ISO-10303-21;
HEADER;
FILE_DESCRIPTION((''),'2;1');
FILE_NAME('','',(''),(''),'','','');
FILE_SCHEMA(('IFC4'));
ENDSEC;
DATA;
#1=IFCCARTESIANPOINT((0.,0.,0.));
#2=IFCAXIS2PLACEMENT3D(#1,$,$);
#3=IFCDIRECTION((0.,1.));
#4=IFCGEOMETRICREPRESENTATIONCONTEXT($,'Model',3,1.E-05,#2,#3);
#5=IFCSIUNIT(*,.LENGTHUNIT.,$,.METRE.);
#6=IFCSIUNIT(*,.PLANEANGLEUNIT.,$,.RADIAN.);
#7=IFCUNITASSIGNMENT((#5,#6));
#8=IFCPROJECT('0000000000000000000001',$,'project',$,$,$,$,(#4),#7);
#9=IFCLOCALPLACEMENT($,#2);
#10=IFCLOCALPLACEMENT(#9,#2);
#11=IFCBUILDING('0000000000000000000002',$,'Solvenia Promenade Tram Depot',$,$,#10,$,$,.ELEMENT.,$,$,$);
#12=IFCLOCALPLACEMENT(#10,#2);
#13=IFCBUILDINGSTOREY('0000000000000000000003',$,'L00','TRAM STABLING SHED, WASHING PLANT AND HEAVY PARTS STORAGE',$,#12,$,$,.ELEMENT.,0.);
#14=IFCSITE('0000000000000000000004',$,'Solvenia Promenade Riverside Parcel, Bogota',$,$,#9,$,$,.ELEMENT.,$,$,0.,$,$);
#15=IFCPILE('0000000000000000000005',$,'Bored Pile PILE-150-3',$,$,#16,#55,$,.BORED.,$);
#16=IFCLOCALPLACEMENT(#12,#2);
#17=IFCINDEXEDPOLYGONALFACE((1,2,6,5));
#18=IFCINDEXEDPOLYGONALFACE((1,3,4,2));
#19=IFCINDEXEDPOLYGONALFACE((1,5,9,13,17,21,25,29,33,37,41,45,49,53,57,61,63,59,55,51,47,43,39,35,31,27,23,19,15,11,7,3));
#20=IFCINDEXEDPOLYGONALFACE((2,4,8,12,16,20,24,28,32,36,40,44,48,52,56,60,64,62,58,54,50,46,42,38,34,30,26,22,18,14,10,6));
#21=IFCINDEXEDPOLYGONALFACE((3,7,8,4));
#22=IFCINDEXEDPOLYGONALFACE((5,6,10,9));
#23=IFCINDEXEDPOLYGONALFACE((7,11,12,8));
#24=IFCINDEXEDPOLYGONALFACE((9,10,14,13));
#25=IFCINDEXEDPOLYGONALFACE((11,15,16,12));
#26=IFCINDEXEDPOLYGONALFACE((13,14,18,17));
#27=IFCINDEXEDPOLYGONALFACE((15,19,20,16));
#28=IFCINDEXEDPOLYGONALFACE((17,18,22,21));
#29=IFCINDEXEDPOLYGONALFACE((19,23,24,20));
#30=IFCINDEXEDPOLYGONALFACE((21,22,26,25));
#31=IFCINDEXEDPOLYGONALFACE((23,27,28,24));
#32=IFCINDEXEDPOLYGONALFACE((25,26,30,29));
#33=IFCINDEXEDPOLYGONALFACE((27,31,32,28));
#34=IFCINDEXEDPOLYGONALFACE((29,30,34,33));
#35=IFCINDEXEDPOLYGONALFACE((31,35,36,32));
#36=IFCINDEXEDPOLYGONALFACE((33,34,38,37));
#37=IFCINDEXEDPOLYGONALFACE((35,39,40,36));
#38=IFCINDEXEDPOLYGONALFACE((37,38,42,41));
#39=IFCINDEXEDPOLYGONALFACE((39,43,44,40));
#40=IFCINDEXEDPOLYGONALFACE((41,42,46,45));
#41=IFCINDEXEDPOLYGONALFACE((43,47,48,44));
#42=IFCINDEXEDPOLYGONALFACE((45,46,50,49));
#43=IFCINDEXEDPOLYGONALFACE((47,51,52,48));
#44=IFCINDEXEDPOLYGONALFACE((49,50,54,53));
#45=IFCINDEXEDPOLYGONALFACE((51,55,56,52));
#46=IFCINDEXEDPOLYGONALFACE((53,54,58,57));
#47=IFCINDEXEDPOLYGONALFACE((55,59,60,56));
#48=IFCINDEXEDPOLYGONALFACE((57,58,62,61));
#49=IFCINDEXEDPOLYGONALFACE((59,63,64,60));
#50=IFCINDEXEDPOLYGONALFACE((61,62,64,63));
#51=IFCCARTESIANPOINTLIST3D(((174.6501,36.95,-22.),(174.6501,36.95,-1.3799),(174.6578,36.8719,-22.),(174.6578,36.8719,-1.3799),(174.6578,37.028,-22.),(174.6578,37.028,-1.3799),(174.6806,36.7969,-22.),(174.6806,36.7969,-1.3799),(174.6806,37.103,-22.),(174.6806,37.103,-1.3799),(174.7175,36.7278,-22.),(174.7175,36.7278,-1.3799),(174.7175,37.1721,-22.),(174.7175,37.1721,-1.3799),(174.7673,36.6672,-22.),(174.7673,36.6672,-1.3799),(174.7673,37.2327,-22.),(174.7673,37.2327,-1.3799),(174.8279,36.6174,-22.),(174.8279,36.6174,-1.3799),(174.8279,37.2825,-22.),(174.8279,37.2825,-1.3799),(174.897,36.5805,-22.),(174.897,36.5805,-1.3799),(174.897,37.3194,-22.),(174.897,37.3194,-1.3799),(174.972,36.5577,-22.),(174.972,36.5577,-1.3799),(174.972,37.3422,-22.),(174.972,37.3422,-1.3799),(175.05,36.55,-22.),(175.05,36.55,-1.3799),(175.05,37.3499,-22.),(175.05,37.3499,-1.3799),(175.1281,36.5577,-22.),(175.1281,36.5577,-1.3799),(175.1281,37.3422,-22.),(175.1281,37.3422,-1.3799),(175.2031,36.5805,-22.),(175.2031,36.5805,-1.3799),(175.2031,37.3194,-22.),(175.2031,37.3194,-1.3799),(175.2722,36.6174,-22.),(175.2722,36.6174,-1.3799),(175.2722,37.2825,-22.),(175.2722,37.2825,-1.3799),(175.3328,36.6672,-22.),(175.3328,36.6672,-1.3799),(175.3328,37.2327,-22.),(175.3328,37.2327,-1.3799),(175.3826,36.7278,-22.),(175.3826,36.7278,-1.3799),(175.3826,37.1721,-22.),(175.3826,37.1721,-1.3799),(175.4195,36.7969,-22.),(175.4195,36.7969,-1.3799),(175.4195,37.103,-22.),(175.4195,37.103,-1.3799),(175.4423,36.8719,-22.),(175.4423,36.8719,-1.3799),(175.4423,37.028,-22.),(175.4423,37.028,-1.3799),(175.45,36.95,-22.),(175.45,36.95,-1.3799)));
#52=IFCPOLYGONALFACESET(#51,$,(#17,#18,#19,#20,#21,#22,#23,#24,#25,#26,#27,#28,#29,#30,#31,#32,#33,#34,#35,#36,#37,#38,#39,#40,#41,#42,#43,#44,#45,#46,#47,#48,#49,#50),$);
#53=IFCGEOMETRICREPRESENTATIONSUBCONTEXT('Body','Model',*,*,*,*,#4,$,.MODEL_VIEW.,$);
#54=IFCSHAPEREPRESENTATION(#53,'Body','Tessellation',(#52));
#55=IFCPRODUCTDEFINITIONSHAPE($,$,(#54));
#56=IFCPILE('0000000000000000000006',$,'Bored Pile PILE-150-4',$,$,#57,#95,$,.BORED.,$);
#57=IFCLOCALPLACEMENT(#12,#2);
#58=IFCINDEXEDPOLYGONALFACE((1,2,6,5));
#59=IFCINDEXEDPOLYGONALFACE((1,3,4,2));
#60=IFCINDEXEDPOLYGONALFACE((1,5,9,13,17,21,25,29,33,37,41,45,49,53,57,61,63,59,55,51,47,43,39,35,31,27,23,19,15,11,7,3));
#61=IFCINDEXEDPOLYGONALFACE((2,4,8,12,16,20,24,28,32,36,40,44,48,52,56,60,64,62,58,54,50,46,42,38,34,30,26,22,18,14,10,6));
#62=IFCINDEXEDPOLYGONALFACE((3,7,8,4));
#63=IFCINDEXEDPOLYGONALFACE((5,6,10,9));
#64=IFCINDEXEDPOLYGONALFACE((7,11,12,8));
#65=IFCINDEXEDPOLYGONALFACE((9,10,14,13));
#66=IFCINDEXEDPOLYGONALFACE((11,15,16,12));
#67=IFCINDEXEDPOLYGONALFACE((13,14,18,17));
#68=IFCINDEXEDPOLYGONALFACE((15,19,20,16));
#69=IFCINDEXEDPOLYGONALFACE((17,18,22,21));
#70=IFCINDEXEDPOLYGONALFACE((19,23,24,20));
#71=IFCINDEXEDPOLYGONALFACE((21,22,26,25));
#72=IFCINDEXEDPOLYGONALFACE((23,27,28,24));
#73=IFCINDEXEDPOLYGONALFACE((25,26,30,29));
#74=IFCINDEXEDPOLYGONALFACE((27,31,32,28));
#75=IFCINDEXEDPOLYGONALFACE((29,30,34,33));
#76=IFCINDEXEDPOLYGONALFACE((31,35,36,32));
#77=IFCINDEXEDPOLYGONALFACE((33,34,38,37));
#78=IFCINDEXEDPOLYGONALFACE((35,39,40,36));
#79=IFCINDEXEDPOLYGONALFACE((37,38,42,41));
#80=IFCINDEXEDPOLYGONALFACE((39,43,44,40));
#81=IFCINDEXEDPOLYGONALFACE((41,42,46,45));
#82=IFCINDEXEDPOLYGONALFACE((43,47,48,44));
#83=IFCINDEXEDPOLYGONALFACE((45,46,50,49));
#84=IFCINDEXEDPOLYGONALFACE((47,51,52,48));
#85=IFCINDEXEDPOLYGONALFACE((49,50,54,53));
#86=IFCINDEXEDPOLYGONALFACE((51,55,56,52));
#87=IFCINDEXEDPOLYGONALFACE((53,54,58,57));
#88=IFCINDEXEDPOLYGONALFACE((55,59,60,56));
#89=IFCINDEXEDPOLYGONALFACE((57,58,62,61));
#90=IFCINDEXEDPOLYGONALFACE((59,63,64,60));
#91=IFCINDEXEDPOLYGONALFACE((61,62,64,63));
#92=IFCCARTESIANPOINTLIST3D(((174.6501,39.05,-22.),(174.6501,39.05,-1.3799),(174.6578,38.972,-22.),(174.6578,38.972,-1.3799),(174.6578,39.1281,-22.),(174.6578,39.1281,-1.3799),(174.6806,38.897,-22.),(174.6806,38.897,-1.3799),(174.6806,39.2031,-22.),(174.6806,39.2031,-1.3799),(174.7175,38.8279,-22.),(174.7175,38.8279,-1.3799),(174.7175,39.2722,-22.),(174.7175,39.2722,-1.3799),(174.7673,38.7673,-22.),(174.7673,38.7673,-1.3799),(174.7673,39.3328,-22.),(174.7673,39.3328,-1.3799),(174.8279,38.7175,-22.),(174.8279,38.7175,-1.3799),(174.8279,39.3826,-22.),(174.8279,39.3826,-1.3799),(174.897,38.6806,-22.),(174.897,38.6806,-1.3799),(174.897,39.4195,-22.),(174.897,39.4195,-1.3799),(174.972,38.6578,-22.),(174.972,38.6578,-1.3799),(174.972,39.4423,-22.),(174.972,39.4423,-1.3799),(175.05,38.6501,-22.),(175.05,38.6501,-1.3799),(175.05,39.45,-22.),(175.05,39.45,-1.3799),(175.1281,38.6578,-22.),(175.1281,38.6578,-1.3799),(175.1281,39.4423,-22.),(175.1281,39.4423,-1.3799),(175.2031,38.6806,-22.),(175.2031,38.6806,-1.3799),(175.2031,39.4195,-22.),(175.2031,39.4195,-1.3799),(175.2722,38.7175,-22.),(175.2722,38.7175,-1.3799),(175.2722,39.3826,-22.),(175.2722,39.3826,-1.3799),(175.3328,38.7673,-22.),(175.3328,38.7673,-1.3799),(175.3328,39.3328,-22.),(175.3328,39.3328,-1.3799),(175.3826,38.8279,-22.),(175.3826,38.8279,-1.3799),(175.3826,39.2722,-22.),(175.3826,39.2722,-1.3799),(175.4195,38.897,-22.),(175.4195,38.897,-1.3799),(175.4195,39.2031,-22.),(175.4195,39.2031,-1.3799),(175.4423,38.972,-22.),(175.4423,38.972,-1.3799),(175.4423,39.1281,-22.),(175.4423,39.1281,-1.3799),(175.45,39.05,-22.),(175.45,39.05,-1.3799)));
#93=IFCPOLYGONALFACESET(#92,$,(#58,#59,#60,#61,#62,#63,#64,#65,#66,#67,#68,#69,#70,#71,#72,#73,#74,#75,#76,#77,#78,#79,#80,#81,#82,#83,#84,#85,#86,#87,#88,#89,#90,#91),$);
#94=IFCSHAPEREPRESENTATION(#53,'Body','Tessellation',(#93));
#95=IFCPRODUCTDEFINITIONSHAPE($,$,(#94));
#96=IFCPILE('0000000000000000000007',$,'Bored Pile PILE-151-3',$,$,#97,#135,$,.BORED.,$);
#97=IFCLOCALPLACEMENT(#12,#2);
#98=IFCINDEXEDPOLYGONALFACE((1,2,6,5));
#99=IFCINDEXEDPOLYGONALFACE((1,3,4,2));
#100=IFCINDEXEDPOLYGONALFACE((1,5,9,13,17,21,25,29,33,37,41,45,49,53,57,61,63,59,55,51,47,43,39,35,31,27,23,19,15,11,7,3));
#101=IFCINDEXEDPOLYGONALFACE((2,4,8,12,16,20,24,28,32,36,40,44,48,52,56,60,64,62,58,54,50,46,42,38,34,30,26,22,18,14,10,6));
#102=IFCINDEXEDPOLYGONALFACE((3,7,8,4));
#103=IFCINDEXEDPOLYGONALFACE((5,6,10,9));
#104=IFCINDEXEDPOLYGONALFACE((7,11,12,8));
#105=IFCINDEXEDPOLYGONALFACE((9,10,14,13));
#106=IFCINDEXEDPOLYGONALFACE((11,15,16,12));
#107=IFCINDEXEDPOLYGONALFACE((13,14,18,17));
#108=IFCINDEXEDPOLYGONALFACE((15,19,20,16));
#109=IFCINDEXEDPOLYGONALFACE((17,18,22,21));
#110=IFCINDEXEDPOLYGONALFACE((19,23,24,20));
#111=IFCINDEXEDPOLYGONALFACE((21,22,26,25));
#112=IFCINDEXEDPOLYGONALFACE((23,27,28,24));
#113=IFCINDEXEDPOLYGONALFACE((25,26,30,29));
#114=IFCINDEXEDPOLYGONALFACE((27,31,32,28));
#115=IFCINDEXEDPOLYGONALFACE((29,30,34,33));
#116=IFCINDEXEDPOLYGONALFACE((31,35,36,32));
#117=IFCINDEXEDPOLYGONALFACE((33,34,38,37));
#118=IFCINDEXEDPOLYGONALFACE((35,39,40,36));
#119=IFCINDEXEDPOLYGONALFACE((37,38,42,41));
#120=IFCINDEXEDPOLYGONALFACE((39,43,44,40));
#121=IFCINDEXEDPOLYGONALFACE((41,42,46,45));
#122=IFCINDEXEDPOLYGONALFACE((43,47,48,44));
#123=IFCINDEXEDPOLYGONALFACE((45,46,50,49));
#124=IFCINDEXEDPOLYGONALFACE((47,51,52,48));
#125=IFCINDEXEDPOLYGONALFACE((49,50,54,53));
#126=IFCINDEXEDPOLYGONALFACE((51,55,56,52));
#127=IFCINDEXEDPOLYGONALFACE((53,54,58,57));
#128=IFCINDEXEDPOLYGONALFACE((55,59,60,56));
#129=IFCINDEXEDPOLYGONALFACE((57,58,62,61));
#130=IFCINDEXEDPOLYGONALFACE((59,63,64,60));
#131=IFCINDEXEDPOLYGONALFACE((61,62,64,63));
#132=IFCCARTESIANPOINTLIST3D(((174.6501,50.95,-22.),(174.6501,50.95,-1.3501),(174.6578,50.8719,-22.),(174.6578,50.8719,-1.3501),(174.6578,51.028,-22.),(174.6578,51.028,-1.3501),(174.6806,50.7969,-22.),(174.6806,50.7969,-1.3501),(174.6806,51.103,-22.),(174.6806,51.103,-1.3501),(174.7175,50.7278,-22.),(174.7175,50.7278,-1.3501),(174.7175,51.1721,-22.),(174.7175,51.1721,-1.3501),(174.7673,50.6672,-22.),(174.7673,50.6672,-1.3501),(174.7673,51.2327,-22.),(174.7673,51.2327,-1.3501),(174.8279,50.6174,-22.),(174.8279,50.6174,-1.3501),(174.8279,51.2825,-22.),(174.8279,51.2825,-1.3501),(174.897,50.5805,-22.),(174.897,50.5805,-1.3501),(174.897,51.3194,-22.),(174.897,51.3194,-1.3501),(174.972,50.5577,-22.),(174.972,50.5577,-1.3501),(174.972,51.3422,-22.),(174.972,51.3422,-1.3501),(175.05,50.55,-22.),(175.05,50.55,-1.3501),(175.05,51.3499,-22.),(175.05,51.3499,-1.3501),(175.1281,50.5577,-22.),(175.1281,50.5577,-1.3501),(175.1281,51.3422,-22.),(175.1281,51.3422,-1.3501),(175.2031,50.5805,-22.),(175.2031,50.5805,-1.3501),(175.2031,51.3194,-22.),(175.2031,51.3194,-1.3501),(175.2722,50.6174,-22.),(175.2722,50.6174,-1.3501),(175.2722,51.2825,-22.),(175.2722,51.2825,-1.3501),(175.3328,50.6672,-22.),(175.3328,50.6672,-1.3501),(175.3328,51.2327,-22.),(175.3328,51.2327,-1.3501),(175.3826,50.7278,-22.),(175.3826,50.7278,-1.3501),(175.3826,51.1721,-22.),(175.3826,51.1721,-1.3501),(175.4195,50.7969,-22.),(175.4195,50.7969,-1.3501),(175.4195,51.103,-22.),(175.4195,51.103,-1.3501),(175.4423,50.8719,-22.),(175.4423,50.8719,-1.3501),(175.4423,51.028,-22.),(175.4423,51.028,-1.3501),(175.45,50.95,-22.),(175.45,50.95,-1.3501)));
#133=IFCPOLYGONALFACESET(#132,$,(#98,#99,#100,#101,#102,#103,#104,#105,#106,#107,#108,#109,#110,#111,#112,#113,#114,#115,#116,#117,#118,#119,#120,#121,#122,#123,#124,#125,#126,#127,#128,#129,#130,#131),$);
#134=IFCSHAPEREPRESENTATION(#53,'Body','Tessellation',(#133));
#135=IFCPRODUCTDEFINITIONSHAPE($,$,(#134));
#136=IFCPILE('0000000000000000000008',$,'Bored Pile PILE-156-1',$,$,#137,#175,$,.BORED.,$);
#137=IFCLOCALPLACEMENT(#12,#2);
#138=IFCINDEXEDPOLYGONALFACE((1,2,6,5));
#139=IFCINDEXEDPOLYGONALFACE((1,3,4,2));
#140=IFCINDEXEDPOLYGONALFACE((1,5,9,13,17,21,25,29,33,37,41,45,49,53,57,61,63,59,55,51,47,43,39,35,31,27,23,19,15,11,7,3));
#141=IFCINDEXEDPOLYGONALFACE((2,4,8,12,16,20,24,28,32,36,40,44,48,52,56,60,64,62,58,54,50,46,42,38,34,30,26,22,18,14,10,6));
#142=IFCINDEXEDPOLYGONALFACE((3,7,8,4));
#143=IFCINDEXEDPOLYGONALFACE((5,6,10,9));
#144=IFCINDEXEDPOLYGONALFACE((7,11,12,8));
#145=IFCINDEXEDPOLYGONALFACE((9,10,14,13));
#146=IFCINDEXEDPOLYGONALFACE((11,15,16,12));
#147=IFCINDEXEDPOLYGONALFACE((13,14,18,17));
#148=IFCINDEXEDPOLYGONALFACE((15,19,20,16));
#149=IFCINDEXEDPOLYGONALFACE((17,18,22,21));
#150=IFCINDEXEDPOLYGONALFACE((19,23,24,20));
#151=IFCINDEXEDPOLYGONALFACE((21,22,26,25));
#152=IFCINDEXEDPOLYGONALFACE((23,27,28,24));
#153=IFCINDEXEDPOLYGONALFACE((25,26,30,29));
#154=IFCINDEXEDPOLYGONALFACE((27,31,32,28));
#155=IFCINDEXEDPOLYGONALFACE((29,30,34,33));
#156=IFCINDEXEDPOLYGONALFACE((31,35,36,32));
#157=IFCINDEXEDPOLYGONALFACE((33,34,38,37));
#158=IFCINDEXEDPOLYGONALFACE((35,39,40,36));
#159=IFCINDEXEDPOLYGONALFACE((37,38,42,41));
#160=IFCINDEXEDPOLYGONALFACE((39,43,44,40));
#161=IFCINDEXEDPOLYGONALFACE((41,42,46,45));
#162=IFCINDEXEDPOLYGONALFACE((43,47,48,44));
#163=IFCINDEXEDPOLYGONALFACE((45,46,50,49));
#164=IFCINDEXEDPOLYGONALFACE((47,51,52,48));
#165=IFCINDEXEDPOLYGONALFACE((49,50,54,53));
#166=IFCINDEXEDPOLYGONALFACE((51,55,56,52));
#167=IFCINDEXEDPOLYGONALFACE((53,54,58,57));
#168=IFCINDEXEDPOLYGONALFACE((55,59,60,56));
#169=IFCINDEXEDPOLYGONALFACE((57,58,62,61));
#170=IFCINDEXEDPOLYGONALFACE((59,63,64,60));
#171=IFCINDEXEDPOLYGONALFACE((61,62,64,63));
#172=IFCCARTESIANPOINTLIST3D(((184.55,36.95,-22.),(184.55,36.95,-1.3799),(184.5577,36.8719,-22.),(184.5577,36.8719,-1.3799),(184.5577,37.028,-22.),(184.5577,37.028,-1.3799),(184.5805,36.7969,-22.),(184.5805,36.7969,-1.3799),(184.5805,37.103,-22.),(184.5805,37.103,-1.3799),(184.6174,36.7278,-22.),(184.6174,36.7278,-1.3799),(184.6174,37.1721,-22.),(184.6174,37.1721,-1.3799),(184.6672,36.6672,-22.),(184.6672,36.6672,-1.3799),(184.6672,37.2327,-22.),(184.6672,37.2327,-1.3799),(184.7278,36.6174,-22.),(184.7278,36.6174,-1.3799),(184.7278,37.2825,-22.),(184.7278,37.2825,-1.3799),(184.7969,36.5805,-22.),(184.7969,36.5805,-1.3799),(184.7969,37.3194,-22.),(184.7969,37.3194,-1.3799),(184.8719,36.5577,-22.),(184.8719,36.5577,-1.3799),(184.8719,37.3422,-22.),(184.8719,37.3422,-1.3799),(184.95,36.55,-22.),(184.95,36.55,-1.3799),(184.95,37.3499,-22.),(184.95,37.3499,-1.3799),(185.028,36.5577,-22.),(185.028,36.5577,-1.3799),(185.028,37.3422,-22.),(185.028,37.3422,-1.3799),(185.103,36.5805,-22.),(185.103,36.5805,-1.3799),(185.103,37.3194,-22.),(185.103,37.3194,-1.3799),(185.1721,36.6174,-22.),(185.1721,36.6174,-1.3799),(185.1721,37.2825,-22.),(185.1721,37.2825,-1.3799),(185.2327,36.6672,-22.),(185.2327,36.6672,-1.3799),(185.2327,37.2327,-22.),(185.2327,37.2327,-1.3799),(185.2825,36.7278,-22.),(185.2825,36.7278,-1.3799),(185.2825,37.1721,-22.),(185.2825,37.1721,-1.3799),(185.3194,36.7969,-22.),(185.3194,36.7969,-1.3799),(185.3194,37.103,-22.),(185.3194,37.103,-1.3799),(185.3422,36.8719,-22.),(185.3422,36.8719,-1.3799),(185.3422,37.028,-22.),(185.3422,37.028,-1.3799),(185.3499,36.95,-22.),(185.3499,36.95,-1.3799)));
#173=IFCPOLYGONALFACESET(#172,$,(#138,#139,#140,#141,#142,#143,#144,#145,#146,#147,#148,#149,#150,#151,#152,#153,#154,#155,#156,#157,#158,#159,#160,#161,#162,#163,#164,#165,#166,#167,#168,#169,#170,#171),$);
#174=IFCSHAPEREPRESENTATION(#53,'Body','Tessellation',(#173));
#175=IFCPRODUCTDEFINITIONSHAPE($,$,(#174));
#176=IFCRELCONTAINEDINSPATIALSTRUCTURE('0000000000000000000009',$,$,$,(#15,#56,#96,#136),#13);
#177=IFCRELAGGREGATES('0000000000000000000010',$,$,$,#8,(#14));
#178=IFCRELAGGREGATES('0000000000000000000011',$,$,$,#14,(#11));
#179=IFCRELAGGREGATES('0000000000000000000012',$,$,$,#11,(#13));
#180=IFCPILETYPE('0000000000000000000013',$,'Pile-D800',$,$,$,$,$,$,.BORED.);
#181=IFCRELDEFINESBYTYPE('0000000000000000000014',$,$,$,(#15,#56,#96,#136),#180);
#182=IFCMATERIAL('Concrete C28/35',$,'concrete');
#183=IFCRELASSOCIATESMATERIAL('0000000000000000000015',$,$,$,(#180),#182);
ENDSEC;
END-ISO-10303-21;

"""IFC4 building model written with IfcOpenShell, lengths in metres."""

from ifc_helpers import new_model, si_unit, direction, frame, origin, origin_2d, place, context, subcontext, project, spatial, circle, extrude, material, material_profile, profile_set, type_object, element, save


model = new_model("IFC4")

# Units and contexts
model_context = context("Model", 3, precision=1e-05, world=origin(), true_north=direction((0.0, 1.0)))
body_context = subcontext(model_context, "Body", "Model", "MODEL_VIEW")
ifc_project = project(units=[si_unit("LENGTHUNIT", "METRE"), si_unit("PLANEANGLEUNIT", "RADIAN")], contexts=[model_context])

# Site, building, storey
site_placement = place(None, origin())
site = spatial("IfcSite", under=ifc_project, at=site_placement, Name="Solvenia Promenade Riverside Parcel, Bogota", CompositionType="ELEMENT", RefElevation=0.0)
building_placement = place(site_placement, origin())
building = spatial("IfcBuilding", under=site, at=building_placement, Name="Solvenia Promenade Tram Depot", CompositionType="ELEMENT")
storey_placement = place(building_placement, origin())
storey = spatial("IfcBuildingStorey", under=building, at=storey_placement, Name="L00", Description="TRAM STABLING SHED, WASHING PLANT AND HEAVY PARTS STORAGE", CompositionType="ELEMENT", Elevation=0.0)

# Shared definitions
ifc_material_1 = material(Name="Concrete C28/35", Category="concrete")

# Piles
ifc_material_profile_1 = material_profile(ifc_material_1, circle(Radius=0.3999, at=origin_2d()), Name="D800", Category="concrete")
ifc_profile_set_1 = profile_set([ifc_material_profile_1], Name="Concrete C28/35")
pile_type_1 = type_object("IfcPileType", Name="Pile-D800", PredefinedType="BORED", material=ifc_profile_set_1)
for number, where, z_axis, x_axis, name in (
    (1, (175.05, 36.95, -1.3799), (0.0, 0.0, -1.0), (1.0, 0.0, 0.0), "Bored Pile PILE-150-3"),
    (2, (175.05, 39.05, -1.3799), (0.0, 0.0, -1.0), (1.0, 0.0, 0.0), "Bored Pile PILE-150-4"),
):
    element("IfcPile", number, at=place(storey_placement, frame(where, z_axis=z_axis, x_axis=x_axis)), inside=storey, type_object=pile_type_1, Name=name, PredefinedType="BORED", context=body_context, shape_type="SweptSolid", body=[
        extrude(circle(Radius=0.3999, at=origin_2d()), origin(), (0.0, 0.0, 1.0), 20.6201),
    ])
pile_placement = place(storey_placement, frame((175.05, 50.95, -1.3501), z_axis=(0.0, 0.0, -1.0), x_axis=(1.0, 0.0, 0.0)))
element("IfcPile", 3, at=pile_placement, inside=storey, type_object=pile_type_1, Name="Bored Pile PILE-151-3", PredefinedType="BORED", context=body_context, shape_type="SweptSolid", body=[
    extrude(circle(Radius=0.3999, at=origin_2d()), origin(), (0.0, 0.0, 1.0), 20.6499),
])
for number, where, z_axis, x_axis, name in (
    (4, (184.95, 36.95, -1.3799), (0.0, 0.0, -1.0), (1.0, 0.0, 0.0), "Bored Pile PILE-156-1"),
):
    element("IfcPile", number, at=place(storey_placement, frame(where, z_axis=z_axis, x_axis=x_axis)), inside=storey, type_object=pile_type_1, Name=name, PredefinedType="BORED", context=body_context, shape_type="SweptSolid", body=[
        extrude(circle(Radius=0.3999, at=origin_2d()), origin(), (0.0, 0.0, 1.0), 20.6201),
    ])

save(model, "model.ifc")
